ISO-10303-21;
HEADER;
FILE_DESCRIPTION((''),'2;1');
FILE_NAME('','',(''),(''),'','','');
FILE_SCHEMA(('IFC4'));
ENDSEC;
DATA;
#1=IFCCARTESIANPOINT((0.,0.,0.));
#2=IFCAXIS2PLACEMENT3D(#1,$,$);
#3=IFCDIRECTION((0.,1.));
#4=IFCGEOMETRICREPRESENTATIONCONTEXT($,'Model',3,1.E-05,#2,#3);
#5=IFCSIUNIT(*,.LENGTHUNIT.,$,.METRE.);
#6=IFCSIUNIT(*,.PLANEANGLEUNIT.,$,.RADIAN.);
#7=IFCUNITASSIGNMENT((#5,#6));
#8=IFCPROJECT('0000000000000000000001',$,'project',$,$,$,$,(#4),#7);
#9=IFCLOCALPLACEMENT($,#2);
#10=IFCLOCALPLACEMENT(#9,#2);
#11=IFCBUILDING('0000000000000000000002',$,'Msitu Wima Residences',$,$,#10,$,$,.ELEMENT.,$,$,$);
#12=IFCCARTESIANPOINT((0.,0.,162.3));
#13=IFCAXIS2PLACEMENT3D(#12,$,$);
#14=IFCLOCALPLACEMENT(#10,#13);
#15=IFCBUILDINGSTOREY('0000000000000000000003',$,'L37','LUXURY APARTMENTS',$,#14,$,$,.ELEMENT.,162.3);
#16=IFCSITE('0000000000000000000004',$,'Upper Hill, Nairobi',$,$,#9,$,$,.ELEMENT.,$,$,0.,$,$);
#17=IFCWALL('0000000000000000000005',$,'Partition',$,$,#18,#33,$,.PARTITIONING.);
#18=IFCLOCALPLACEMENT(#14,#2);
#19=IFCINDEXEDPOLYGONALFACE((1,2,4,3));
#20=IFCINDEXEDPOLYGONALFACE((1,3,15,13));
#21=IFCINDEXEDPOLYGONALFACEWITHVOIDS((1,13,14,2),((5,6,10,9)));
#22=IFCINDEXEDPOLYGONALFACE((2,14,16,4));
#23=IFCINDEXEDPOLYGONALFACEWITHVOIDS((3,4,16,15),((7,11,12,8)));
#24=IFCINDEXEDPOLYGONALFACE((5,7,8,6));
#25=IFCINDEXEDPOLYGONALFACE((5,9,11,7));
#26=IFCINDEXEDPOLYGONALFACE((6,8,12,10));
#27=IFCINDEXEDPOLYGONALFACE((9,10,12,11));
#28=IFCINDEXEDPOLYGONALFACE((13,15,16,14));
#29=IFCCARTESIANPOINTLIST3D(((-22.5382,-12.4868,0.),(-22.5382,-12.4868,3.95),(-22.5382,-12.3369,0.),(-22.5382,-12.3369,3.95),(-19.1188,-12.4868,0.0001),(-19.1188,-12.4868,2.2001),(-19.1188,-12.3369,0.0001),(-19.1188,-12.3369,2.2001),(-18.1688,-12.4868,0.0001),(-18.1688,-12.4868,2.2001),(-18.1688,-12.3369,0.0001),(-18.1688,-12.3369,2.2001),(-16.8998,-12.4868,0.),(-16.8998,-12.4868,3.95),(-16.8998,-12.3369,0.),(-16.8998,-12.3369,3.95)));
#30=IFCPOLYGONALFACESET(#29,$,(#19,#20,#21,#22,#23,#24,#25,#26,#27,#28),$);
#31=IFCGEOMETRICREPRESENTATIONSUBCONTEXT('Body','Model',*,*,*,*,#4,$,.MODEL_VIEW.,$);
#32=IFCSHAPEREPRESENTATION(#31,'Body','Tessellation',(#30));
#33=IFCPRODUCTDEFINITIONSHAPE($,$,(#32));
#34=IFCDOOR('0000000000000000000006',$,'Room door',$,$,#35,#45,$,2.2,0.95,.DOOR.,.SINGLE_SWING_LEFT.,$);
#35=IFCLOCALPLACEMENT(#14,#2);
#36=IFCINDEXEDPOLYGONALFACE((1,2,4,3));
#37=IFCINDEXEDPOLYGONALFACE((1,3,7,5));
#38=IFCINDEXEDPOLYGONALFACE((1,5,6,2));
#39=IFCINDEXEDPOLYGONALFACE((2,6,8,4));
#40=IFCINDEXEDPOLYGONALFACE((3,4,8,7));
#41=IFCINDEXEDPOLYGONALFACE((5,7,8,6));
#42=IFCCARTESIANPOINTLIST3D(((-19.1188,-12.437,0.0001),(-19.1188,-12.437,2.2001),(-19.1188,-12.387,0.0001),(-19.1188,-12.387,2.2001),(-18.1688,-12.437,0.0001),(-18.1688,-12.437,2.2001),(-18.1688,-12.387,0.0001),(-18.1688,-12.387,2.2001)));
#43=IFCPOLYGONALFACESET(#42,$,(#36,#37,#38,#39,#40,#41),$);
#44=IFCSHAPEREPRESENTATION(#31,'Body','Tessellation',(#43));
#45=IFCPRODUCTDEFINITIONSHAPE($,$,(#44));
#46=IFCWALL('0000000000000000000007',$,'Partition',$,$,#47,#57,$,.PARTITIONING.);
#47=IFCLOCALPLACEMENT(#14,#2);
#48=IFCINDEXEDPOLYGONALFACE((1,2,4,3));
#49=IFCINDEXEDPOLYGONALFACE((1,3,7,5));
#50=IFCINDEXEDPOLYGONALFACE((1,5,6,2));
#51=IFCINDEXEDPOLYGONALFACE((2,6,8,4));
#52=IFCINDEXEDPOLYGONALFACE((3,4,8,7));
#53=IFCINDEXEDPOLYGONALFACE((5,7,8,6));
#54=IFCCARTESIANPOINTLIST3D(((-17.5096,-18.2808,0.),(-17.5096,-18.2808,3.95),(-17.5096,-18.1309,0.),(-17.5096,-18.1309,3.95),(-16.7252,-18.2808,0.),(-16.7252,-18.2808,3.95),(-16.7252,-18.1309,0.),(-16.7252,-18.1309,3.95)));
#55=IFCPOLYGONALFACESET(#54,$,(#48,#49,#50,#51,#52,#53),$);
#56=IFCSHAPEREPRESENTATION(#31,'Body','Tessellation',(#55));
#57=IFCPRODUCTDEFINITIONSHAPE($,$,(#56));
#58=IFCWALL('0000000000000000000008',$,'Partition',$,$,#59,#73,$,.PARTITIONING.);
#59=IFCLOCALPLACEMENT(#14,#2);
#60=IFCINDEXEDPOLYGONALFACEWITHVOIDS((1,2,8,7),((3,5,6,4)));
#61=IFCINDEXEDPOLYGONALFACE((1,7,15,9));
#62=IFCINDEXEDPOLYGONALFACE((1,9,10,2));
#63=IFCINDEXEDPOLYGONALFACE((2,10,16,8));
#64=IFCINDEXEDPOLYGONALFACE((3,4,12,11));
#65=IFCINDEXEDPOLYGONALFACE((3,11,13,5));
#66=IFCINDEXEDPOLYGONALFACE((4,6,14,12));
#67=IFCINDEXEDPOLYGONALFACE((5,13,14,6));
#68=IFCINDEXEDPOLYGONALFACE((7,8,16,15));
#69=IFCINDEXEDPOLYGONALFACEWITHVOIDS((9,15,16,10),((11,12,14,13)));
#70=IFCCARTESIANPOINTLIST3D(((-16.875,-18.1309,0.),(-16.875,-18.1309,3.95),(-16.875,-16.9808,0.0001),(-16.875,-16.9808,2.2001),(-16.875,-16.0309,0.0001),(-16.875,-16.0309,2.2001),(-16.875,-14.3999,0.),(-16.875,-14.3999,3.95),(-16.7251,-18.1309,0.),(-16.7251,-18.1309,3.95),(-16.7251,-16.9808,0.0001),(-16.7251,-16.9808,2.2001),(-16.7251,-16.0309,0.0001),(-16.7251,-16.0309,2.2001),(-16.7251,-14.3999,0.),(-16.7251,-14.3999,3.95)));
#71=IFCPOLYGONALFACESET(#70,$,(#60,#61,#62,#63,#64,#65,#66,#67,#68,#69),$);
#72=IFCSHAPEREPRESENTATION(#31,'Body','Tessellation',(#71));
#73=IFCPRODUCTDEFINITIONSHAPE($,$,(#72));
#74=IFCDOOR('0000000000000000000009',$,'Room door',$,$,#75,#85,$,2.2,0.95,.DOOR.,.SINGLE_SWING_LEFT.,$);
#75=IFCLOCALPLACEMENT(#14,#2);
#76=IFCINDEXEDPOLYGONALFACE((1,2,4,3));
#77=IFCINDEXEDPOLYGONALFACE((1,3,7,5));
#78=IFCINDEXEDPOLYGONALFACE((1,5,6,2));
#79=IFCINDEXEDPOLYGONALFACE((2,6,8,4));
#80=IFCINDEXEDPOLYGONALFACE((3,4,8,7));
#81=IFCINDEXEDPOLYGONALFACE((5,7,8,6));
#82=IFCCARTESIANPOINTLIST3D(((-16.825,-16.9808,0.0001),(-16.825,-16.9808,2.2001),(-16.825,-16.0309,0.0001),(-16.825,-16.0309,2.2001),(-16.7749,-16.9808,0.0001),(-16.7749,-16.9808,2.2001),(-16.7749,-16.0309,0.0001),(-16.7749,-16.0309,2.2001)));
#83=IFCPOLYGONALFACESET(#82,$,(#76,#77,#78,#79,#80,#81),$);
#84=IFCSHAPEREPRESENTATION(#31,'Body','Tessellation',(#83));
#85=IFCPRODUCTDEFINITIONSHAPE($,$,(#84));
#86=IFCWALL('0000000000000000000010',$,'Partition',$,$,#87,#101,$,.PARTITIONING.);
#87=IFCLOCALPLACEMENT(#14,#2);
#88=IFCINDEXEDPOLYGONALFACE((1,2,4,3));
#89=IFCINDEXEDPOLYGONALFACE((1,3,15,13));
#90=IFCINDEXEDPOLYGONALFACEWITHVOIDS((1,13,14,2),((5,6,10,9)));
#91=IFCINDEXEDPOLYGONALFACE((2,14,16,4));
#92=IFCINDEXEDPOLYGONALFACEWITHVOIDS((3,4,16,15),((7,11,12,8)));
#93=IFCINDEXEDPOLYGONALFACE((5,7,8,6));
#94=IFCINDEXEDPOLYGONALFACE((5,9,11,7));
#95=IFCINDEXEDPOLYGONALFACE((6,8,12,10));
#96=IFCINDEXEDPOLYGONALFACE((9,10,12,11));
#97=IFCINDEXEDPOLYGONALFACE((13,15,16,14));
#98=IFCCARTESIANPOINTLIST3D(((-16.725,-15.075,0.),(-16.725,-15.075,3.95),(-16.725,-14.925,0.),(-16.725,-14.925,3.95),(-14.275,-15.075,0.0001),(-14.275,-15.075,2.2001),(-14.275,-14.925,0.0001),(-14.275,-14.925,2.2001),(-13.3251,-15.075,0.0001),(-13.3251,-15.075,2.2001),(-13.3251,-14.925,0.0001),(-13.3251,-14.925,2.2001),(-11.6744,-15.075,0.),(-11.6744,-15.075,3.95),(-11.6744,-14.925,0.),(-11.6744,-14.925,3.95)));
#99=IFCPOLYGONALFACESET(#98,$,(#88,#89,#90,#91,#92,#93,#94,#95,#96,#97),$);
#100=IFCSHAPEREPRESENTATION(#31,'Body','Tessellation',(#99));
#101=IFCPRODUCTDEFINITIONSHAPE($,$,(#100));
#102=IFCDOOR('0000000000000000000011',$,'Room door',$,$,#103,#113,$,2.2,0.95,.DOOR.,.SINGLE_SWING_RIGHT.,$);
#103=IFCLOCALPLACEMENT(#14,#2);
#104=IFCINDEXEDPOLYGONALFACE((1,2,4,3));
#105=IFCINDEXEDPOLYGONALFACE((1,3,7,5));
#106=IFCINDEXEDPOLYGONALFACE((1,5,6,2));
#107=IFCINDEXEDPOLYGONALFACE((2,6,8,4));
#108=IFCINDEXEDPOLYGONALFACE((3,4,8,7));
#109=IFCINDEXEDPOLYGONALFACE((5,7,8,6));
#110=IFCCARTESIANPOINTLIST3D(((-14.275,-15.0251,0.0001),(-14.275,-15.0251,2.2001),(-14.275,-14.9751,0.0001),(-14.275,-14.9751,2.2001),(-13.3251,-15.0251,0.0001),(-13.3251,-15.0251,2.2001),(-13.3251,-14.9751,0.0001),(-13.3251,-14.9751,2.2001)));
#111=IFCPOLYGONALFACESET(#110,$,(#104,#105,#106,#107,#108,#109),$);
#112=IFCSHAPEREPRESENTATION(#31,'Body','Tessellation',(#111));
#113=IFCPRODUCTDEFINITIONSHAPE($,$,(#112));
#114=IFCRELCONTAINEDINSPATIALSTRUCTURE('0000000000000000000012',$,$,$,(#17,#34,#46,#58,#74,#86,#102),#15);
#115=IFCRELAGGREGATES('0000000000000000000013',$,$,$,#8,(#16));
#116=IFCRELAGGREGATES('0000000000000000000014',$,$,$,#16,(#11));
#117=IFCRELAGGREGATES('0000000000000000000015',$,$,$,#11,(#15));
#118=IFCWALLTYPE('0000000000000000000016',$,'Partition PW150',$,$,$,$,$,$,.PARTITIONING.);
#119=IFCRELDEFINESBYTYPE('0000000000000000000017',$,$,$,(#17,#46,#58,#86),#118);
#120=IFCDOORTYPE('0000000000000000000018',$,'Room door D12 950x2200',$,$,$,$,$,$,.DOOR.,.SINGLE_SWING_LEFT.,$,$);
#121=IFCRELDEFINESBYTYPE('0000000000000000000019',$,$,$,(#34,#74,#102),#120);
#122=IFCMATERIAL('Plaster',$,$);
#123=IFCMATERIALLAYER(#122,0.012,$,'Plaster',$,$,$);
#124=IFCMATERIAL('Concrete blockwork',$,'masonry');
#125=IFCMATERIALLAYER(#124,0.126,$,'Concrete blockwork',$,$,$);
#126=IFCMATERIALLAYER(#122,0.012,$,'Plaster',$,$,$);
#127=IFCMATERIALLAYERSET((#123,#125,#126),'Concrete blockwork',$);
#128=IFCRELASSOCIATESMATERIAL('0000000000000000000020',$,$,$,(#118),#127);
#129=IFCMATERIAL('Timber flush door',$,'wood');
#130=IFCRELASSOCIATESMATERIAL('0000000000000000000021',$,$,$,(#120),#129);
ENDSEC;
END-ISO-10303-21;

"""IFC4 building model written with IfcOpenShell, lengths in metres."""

from ifc_helpers import new_model, si_unit, direction, frame, frame_2d, origin, place, context, subcontext, project, spatial, rectangle, extrude, material, layer, layer_set, type_object, element, fill, save


model = new_model("IFC4")

# Units and contexts
model_context = context("Model", 3, precision=1e-05, world=origin(), true_north=direction((0.0, 1.0)))
body_context = subcontext(model_context, "Body", "Model", "MODEL_VIEW")
ifc_project = project(units=[si_unit("LENGTHUNIT", "METRE"), si_unit("PLANEANGLEUNIT", "RADIAN")], contexts=[model_context])

# Site, building, storey
site_placement = place(None, origin())
site = spatial("IfcSite", under=ifc_project, at=site_placement, Name="Upper Hill, Nairobi", CompositionType="ELEMENT", RefElevation=0.0)
building_placement = place(site_placement, origin())
building = spatial("IfcBuilding", under=site, at=building_placement, Name="Msitu Wima Residences", CompositionType="ELEMENT")
storey_placement = place(building_placement, frame((0.0, 0.0, 162.3)))
storey = spatial("IfcBuildingStorey", under=building, at=storey_placement, Name="L37", Description="LUXURY APARTMENTS", CompositionType="ELEMENT", Elevation=162.3)

# Shared definitions
ifc_material_1 = material(Name="Plaster")
ifc_material_2 = material(Name="Concrete blockwork", Category="masonry")

# Shared definitions
ifc_layer_1 = layer(ifc_material_1, 0.012, Name="Plaster")
ifc_layer_2 = layer(ifc_material_2, 0.126, Name="Concrete blockwork")
ifc_layer_3 = layer(ifc_material_1, 0.012, Name="Plaster")
ifc_layer_set_1 = layer_set([ifc_layer_1, ifc_layer_2, ifc_layer_3], Name="Concrete blockwork")
wall_type_1 = type_object("IfcWallType", Name="Partition PW150", PredefinedType="PARTITIONING", material=ifc_layer_set_1)

# Wall, opening, door
wall_1_placement = place(storey_placement, frame((-22.5383, -12.4119, 0.0), z_axis=(0.0, 0.0, 1.0), x_axis=(1.0, 0.0, 0.0)))
wall_1 = element("IfcWall", 1, at=wall_1_placement, inside=storey, type_object=wall_type_1, Name="Partition", PredefinedType="PARTITIONING", context=body_context, shape_type="SweptSolid", body=[
    extrude(rectangle(XDim=5.6384, YDim=0.1499, at=frame_2d((2.8193, 0.0))), origin(), (0.0, 0.0, 1.0), 3.95),
])
opening_1_placement = place(wall_1_placement, frame((3.4194, 0.0, 0.0)))
opening_1 = element("IfcOpeningElement", 2, at=opening_1_placement, cuts=wall_1, PredefinedType="OPENING", context=body_context, shape_type="SweptSolid", body=[
    extrude(rectangle(XDim=0.95, YDim=2.2, at=frame_2d((0.4751, 1.1001))), frame((0.0, 0.085, 0.0), z_axis=(0.0, -1.0, 0.0), x_axis=(1.0, 0.0, 0.0)), (0.0, 0.0, 1.0), 0.1699),
])
ifc_material_3 = material(Name="Timber flush door", Category="wood")
door_type_1 = type_object("IfcDoorType", Name="Room door D12 950x2200", OperationType="SINGLE_SWING_LEFT", PredefinedType="DOOR", material=ifc_material_3)
door_1_placement = place(opening_1_placement, origin())
door_1 = element("IfcDoor", 3, at=door_1_placement, inside=storey, type_object=door_type_1, Name="Room door", OperationType="SINGLE_SWING_LEFT", OverallHeight=2.2, OverallWidth=0.95, PredefinedType="DOOR", context=body_context, shape_type="SweptSolid", body=[
    extrude(rectangle(XDim=0.95, YDim=2.2, at=frame_2d((0.4751, 1.1001))), frame((0.0, 0.0249, 0.0), z_axis=(0.0, -1.0, 0.0), x_axis=(1.0, 0.0, 0.0)), (0.0, 0.0, 1.0), 0.05),
])
fill(opening_1, door_1)

# Wall
wall_2_placement = place(storey_placement, frame((-17.5095, -18.2058, 0.0), z_axis=(0.0, 0.0, 1.0), x_axis=(1.0, 0.0, 0.0)))
element("IfcWall", 4, at=wall_2_placement, inside=storey, type_object=wall_type_1, Name="Partition", PredefinedType="PARTITIONING", context=body_context, shape_type="SweptSolid", body=[
    extrude(rectangle(XDim=0.7844, YDim=0.1499, at=frame_2d((0.3921, 0.0))), origin(), (0.0, 0.0, 1.0), 3.95),
])

# Walls, openings, doors
wall_3_placement = place(storey_placement, frame((-16.8, -18.1309, 0.0), z_axis=(0.0, 0.0, 1.0), x_axis=(0.0, 1.0, 0.0)))
wall_3 = element("IfcWall", 5, at=wall_3_placement, inside=storey, type_object=wall_type_1, Name="Partition", PredefinedType="PARTITIONING", context=body_context, shape_type="SweptSolid", body=[
    extrude(rectangle(XDim=3.731, YDim=0.1499, at=frame_2d((1.8655, 0.0))), origin(), (0.0, 0.0, 1.0), 3.95),
])
opening_2_placement = place(wall_3_placement, frame((1.1499, 0.0, 0.0)))
opening_2 = element("IfcOpeningElement", 6, at=opening_2_placement, cuts=wall_3, PredefinedType="OPENING", context=body_context, shape_type="SweptSolid", body=[
    extrude(rectangle(XDim=0.95, YDim=2.2, at=frame_2d((0.4751, 1.1001))), frame((0.0, 0.085, 0.0), z_axis=(0.0, -1.0, 0.0), x_axis=(1.0, 0.0, 0.0)), (0.0, 0.0, 1.0), 0.1699),
])
door_2_placement = place(opening_2_placement, origin())
door_2 = element("IfcDoor", 7, at=door_2_placement, inside=storey, type_object=door_type_1, Name="Room door", OperationType="SINGLE_SWING_LEFT", OverallHeight=2.2, OverallWidth=0.95, PredefinedType="DOOR", context=body_context, shape_type="SweptSolid", body=[
    extrude(rectangle(XDim=0.95, YDim=2.2, at=frame_2d((0.4751, 1.1001))), frame((0.0, 0.0249, 0.0), z_axis=(0.0, -1.0, 0.0), x_axis=(1.0, 0.0, 0.0)), (0.0, 0.0, 1.0), 0.05),
])
fill(opening_2, door_2)
wall_4_placement = place(storey_placement, frame((-16.7251, -15.0, 0.0), z_axis=(0.0, 0.0, 1.0), x_axis=(1.0, 0.0, 0.0)))
wall_4 = element("IfcWall", 8, at=wall_4_placement, inside=storey, type_object=wall_type_1, Name="Partition", PredefinedType="PARTITIONING", context=body_context, shape_type="SweptSolid", body=[
    extrude(rectangle(XDim=5.0505, YDim=0.1499, at=frame_2d((2.5254, 0.0))), origin(), (0.0, 0.0, 1.0), 3.95),
])
opening_3_placement = place(wall_4_placement, frame((2.45, 0.0, 0.0)))
opening_3 = element("IfcOpeningElement", 9, at=opening_3_placement, cuts=wall_4, PredefinedType="OPENING", context=body_context, shape_type="SweptSolid", body=[
    extrude(rectangle(XDim=0.95, YDim=2.2, at=frame_2d((0.4751, 1.1001))), frame((0.0, 0.085, 0.0), z_axis=(0.0, -1.0, 0.0), x_axis=(1.0, 0.0, 0.0)), (0.0, 0.0, 1.0), 0.1699),
])
door_3_placement = place(opening_3_placement, origin())
door_3 = element("IfcDoor", 10, at=door_3_placement, inside=storey, type_object=door_type_1, Name="Room door", OperationType="SINGLE_SWING_RIGHT", OverallHeight=2.2, OverallWidth=0.95, PredefinedType="DOOR", context=body_context, shape_type="SweptSolid", body=[
    extrude(rectangle(XDim=0.95, YDim=2.2, at=frame_2d((0.4751, 1.1001))), frame((0.0, 0.0249, 0.0), z_axis=(0.0, -1.0, 0.0), x_axis=(1.0, 0.0, 0.0)), (0.0, 0.0, 1.0), 0.05),
])
fill(opening_3, door_3)

save(model, "model.ifc")
